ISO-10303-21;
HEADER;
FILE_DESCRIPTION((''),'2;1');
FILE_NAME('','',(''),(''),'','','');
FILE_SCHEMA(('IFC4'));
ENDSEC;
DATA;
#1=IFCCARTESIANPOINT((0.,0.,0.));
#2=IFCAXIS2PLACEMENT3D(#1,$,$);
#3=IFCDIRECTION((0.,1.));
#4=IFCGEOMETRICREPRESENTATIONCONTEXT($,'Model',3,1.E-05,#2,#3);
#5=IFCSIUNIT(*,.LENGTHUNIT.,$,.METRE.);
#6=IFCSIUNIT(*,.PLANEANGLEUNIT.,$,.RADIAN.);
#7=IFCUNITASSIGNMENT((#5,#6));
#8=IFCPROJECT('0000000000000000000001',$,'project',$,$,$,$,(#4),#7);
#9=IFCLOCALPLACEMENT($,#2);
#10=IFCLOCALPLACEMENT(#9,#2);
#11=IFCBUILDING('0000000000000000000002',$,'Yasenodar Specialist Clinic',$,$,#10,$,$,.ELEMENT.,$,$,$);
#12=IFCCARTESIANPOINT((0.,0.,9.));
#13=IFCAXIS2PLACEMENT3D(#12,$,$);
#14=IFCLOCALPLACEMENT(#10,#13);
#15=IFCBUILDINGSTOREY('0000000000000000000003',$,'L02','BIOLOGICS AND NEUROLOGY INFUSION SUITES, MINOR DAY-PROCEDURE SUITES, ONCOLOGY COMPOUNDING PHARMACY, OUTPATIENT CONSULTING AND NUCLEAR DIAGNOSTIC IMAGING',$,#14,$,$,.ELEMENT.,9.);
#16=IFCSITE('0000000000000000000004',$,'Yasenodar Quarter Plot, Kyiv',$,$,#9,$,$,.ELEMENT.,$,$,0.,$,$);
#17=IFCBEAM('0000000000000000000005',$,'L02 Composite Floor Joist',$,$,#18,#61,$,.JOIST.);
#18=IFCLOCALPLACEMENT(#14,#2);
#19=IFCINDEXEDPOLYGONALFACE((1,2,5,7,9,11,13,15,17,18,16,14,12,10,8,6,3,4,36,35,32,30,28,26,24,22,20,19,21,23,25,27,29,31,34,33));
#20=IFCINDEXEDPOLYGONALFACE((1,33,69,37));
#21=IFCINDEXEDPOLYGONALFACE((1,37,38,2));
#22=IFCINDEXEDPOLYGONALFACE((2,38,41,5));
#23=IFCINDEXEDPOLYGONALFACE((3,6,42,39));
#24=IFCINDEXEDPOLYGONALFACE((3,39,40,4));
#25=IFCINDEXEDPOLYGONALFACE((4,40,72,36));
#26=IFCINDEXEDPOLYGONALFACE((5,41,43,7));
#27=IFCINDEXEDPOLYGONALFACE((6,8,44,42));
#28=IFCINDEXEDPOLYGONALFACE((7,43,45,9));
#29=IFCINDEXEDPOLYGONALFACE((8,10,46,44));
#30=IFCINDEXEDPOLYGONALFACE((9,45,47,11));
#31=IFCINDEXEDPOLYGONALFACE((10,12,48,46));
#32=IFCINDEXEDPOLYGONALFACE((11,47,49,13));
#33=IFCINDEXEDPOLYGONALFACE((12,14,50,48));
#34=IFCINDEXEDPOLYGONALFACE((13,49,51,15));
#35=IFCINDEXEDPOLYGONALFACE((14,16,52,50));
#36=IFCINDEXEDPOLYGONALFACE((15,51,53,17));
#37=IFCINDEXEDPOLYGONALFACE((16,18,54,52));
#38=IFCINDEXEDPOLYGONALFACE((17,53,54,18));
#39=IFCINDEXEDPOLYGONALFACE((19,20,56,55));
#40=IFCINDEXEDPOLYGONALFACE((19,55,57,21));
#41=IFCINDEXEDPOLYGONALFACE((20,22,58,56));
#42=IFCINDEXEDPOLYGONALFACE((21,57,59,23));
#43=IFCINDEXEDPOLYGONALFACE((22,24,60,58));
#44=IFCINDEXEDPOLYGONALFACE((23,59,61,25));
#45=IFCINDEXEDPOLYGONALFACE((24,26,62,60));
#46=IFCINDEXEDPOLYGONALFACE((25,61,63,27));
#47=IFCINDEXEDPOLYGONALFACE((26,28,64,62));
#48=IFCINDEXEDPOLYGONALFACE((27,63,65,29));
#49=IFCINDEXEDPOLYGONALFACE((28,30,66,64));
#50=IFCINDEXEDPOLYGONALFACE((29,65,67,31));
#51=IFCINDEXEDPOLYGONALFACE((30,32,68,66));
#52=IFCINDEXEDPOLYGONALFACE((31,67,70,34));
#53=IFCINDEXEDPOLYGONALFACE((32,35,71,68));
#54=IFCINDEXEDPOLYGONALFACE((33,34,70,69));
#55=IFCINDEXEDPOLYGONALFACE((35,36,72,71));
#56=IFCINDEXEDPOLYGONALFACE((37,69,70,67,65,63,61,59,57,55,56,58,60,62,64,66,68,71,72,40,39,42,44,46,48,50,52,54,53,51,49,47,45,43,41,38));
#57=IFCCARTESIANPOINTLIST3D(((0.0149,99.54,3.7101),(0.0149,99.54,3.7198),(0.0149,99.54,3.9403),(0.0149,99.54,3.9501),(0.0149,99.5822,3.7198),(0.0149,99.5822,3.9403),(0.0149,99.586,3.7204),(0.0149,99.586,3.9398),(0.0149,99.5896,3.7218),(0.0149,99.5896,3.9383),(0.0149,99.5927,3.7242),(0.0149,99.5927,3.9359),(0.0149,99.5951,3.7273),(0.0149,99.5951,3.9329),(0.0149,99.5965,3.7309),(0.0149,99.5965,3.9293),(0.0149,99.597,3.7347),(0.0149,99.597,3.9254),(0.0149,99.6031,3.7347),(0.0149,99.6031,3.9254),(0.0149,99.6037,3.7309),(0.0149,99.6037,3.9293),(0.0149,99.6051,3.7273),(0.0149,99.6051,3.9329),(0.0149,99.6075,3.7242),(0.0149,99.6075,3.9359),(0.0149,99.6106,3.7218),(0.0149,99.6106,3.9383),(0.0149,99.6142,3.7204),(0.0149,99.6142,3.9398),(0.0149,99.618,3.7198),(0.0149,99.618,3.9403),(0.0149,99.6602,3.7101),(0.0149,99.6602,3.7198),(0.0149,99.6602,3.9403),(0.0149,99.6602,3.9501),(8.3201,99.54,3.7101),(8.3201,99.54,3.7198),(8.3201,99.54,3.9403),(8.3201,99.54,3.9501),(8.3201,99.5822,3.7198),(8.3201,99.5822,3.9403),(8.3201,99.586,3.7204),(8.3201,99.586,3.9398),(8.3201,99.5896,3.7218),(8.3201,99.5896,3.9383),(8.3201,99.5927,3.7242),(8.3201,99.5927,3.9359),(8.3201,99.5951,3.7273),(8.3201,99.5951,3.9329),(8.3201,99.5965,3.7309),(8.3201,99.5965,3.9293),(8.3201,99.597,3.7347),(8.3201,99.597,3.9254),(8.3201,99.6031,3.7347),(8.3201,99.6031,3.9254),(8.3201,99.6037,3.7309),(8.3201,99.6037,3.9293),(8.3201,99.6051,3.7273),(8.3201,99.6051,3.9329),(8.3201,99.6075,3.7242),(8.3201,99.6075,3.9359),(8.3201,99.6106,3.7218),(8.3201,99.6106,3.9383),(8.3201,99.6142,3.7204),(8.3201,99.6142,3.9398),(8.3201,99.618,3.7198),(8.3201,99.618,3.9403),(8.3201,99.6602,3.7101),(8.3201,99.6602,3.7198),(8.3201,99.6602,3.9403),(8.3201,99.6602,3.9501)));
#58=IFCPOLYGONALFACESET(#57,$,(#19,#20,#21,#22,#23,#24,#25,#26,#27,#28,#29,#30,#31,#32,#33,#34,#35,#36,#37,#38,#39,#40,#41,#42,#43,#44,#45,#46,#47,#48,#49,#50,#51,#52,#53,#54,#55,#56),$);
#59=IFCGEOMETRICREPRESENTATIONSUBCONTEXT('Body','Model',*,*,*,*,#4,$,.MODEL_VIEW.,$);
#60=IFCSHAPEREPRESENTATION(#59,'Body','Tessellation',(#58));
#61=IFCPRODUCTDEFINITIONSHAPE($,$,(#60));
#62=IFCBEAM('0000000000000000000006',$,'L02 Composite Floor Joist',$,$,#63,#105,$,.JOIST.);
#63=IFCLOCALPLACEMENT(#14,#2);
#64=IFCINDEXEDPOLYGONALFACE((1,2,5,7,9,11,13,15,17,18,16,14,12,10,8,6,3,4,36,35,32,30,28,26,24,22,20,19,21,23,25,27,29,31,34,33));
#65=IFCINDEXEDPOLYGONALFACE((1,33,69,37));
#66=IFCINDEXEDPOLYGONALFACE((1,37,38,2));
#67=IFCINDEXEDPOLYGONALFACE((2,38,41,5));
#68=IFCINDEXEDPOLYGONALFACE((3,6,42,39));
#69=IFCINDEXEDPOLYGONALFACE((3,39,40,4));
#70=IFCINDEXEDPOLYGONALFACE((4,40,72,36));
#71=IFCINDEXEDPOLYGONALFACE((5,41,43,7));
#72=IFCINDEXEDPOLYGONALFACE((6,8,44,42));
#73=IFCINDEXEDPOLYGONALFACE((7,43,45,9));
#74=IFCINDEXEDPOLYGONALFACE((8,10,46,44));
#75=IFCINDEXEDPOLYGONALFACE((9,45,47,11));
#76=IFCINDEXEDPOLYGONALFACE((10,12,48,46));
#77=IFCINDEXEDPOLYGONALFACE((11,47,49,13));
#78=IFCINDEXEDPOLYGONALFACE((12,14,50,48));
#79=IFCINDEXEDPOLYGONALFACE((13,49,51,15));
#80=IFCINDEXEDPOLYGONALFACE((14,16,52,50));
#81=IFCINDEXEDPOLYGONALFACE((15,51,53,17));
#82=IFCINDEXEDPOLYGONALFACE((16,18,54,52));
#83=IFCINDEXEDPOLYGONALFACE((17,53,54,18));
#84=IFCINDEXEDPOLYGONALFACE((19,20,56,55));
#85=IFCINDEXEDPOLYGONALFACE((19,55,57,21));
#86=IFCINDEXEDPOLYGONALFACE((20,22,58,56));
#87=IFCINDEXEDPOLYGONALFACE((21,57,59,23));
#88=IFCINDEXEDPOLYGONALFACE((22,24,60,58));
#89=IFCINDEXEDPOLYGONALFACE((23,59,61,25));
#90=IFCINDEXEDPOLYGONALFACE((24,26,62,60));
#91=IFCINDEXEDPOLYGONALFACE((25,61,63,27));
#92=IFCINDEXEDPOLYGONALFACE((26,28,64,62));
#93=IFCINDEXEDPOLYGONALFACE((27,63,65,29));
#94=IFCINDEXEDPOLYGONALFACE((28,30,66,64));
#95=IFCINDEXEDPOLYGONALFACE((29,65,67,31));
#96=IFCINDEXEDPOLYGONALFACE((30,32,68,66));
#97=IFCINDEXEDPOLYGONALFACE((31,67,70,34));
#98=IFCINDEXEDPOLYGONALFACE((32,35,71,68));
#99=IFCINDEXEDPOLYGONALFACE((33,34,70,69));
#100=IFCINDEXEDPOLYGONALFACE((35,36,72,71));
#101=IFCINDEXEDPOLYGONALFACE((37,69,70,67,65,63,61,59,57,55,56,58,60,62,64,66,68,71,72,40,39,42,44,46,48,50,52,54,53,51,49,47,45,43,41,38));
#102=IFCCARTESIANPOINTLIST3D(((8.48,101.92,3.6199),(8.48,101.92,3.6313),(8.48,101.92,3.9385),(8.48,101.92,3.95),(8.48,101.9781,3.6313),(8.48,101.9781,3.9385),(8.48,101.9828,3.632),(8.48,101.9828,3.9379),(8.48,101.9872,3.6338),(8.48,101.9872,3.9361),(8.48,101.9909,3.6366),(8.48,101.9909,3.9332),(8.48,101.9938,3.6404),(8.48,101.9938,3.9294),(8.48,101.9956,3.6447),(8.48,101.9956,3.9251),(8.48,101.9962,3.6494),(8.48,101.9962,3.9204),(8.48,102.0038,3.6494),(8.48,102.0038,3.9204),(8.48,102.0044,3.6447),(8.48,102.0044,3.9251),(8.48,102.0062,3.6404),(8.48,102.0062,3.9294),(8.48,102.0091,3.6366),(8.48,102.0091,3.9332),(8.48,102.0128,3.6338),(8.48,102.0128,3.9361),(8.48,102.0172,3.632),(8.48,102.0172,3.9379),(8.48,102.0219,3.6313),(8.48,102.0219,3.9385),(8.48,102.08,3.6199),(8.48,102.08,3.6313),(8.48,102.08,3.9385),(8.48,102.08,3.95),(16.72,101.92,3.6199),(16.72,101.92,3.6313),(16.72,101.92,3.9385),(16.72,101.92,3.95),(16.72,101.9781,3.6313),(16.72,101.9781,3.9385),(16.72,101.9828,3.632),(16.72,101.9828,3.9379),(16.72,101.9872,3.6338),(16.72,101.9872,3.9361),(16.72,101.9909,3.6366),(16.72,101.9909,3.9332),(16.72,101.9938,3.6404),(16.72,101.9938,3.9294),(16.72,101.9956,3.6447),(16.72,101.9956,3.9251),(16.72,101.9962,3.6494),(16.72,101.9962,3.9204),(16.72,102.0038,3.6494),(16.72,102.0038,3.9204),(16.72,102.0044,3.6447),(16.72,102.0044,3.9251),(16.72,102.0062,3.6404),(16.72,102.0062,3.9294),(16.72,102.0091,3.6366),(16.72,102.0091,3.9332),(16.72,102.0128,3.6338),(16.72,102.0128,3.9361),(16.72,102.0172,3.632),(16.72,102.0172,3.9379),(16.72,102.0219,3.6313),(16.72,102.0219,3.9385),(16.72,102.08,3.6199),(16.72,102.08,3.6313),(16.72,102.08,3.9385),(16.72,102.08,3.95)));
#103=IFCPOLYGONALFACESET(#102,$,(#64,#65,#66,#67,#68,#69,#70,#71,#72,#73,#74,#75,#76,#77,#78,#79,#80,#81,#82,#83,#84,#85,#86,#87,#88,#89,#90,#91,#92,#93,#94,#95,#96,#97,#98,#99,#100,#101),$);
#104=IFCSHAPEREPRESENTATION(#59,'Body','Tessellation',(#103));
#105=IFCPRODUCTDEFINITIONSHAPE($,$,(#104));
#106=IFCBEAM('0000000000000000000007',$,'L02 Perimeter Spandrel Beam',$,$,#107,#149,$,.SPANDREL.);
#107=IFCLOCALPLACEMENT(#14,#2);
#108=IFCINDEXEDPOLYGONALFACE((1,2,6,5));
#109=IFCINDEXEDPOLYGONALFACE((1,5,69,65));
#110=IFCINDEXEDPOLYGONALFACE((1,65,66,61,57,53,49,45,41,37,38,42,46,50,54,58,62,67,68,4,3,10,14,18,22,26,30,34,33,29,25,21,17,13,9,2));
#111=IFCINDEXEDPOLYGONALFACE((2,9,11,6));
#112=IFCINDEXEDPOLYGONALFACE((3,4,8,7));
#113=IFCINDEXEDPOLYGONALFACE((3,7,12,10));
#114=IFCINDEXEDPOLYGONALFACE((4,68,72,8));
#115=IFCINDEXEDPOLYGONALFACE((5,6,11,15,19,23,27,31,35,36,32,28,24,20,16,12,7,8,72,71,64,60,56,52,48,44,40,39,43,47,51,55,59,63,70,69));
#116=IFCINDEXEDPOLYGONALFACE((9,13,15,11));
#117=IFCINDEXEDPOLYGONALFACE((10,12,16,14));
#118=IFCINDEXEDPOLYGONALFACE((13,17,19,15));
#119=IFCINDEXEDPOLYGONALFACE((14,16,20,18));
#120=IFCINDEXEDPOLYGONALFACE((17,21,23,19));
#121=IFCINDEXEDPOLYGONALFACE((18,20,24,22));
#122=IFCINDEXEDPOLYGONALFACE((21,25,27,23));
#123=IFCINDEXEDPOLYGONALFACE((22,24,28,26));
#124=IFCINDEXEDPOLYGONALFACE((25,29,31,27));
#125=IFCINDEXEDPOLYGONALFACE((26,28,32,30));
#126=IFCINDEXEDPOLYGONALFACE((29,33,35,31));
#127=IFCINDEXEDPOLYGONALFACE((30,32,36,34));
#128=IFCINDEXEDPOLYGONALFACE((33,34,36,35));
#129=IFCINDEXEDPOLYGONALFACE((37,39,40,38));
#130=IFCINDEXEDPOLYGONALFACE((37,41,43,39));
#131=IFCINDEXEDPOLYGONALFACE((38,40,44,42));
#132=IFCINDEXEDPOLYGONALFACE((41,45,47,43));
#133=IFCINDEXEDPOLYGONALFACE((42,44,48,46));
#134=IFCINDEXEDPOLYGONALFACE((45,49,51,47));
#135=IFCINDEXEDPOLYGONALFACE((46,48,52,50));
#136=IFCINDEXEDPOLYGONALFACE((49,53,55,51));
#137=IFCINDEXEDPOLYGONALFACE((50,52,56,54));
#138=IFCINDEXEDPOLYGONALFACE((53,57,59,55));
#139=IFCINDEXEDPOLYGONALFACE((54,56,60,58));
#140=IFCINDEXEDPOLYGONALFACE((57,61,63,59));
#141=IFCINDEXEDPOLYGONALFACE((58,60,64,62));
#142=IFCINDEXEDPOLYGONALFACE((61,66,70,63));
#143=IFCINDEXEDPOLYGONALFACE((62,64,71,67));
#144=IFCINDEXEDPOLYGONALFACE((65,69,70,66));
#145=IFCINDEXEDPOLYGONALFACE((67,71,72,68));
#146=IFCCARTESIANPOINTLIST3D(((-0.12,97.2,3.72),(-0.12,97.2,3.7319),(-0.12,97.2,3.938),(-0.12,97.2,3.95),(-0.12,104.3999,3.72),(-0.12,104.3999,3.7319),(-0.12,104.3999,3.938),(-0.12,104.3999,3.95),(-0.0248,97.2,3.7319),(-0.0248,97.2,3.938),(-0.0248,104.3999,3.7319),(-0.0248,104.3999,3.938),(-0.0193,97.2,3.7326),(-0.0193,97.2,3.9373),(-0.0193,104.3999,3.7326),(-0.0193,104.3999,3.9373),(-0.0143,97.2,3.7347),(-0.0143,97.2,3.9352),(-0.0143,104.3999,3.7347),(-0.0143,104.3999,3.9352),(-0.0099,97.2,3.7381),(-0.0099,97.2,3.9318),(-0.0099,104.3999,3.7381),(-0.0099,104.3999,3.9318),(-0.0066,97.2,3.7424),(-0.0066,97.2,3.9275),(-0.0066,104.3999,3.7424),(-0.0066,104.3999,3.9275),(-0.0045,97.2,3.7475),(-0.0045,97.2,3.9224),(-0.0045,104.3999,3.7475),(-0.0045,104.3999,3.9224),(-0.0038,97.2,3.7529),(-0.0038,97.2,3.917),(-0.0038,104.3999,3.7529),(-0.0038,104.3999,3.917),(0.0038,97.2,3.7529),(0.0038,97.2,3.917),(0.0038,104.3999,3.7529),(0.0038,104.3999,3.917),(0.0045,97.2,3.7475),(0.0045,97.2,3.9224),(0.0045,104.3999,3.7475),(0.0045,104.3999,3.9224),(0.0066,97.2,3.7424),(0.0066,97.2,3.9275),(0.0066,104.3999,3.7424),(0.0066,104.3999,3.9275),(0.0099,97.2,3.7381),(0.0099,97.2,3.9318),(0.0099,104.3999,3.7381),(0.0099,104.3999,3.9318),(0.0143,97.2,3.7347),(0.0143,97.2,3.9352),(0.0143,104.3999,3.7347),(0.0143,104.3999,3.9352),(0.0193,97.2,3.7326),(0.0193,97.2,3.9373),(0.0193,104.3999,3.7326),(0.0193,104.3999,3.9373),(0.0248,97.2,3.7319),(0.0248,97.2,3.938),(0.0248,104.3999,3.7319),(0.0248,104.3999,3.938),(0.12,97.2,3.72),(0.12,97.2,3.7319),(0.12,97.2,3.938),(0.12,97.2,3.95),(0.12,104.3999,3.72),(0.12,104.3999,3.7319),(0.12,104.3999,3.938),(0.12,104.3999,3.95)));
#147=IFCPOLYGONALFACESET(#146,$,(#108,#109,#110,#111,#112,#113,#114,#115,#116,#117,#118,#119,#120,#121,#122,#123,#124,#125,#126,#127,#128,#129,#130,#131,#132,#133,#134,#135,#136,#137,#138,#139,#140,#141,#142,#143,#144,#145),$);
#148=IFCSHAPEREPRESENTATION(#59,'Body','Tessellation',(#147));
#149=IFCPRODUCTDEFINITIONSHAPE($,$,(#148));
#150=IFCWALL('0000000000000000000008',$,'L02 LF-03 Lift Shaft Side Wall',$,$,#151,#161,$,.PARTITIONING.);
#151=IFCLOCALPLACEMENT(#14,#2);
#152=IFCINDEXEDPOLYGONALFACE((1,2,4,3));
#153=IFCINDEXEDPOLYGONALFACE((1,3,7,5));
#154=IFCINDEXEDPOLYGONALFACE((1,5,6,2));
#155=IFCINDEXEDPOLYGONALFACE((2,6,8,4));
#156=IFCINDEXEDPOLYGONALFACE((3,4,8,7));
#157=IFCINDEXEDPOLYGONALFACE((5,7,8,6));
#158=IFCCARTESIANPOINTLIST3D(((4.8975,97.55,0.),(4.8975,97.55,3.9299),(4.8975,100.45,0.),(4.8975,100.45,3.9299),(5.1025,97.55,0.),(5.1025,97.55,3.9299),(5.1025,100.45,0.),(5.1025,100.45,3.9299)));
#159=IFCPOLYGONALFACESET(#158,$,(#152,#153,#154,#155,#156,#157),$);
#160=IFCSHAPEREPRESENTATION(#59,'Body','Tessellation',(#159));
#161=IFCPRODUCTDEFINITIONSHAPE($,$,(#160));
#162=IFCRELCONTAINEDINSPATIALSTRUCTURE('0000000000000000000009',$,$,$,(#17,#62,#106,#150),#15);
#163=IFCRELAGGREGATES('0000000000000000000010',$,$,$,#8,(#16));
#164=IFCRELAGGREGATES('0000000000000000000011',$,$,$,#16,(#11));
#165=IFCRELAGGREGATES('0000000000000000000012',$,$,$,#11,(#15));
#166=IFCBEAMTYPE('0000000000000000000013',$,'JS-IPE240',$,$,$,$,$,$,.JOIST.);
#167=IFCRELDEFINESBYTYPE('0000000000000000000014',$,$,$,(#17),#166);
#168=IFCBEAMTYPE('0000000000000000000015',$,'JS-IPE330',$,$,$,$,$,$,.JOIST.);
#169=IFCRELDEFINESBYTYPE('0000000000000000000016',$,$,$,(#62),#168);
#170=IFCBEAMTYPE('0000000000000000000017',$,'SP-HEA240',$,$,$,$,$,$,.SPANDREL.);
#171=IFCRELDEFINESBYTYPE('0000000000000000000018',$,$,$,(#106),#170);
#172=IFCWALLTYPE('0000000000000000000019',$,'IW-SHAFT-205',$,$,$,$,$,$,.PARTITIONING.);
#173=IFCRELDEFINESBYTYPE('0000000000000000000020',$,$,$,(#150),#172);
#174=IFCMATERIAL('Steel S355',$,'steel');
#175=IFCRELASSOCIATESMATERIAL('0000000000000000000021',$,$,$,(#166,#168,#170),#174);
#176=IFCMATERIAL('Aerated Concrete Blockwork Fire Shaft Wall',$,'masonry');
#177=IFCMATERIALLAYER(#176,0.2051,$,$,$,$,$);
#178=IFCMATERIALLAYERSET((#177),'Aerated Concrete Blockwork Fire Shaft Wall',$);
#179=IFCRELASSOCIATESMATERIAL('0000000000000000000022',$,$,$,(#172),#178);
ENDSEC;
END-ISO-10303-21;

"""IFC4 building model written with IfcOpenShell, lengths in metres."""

from ifc_helpers import new_model, si_unit, direction, frame, frame_2d, origin, origin_2d, place, context, subcontext, project, spatial, rectangle, i_section, extrude, material, layer, layer_set, material_profile, profile_set, type_object, element, save


model = new_model("IFC4")

# Units and contexts
model_context = context("Model", 3, precision=1e-05, world=origin(), true_north=direction((0.0, 1.0)))
body_context = subcontext(model_context, "Body", "Model", "MODEL_VIEW")
ifc_project = project(units=[si_unit("LENGTHUNIT", "METRE"), si_unit("PLANEANGLEUNIT", "RADIAN")], contexts=[model_context])

# Site, building, storey
site_placement = place(None, origin())
site = spatial("IfcSite", under=ifc_project, at=site_placement, Name="Yasenodar Quarter Plot, Kyiv", CompositionType="ELEMENT", RefElevation=0.0)
building_placement = place(site_placement, origin())
building = spatial("IfcBuilding", under=site, at=building_placement, Name="Yasenodar Specialist Clinic", CompositionType="ELEMENT")
storey_placement = place(building_placement, frame((0.0, 0.0, 9.0)))
storey = spatial("IfcBuildingStorey", under=building, at=storey_placement, Name="L02", Description="BIOLOGICS AND NEUROLOGY INFUSION SUITES, MINOR DAY-PROCEDURE SUITES, ONCOLOGY COMPOUNDING PHARMACY, OUTPATIENT CONSULTING AND NUCLEAR DIAGNOSTIC IMAGING", CompositionType="ELEMENT", Elevation=9.0)

# Shared definitions
ifc_material_1 = material(Name="Steel S355", Category="steel")

# Beams
ifc_material_profile_1 = material_profile(ifc_material_1, i_section(OverallWidth=0.1201, OverallDepth=0.24, WebThickness=0.0061, FlangeThickness=0.0098, FilletRadius=0.0149, at=origin_2d()), Name="IPE 240")
ifc_profile_set_1 = profile_set([ifc_material_profile_1], Name="Steel S355")
beam_type_1 = type_object("IfcBeamType", Name="JS-IPE240", PredefinedType="JOIST", material=ifc_profile_set_1)
for number, where, z_axis, x_axis, name in (
    (1, (0.0149, 99.6001, 3.8301), (1.0, 0.0, 0.0), (0.0, 1.0, 0.0), "L02 Composite Floor Joist"),
):
    element("IfcBeam", number, at=place(storey_placement, frame(where, z_axis=z_axis, x_axis=x_axis)), inside=storey, type_object=beam_type_1, Name=name, PredefinedType="JOIST", context=body_context, shape_type="SweptSolid", body=[
        extrude(i_section(OverallWidth=0.1201, OverallDepth=0.24, WebThickness=0.0061, FlangeThickness=0.0098, FilletRadius=0.0149, at=origin_2d()), origin(), (0.0, 0.0, 1.0), 8.3052),
    ])
ifc_material_profile_2 = material_profile(ifc_material_1, i_section(OverallWidth=0.1599, OverallDepth=0.3301, WebThickness=0.0076, FlangeThickness=0.0115, FilletRadius=0.0181, at=origin_2d()), Name="IPE 330")
ifc_profile_set_2 = profile_set([ifc_material_profile_2], Name="Steel S355")
beam_type_2 = type_object("IfcBeamType", Name="JS-IPE330", PredefinedType="JOIST", material=ifc_profile_set_2)
beam_1_placement = place(storey_placement, frame((8.48, 102.0, 3.7849), z_axis=(1.0, 0.0, 0.0), x_axis=(0.0, 1.0, 0.0)))
element("IfcBeam", 2, at=beam_1_placement, inside=storey, type_object=beam_type_2, Name="L02 Composite Floor Joist", PredefinedType="JOIST", context=body_context, shape_type="SweptSolid", body=[
    extrude(i_section(OverallWidth=0.1599, OverallDepth=0.3301, WebThickness=0.0076, FlangeThickness=0.0115, FilletRadius=0.0181, at=origin_2d()), origin(), (0.0, 0.0, 1.0), 8.24),
])
ifc_material_profile_3 = material_profile(ifc_material_1, i_section(OverallWidth=0.24, OverallDepth=0.23, WebThickness=0.0076, FlangeThickness=0.012, FilletRadius=0.021, at=origin_2d()), Name="HEA 240")
ifc_profile_set_3 = profile_set([ifc_material_profile_3], Name="Steel S355")
beam_type_3 = type_object("IfcBeamType", Name="SP-HEA240", PredefinedType="SPANDREL", material=ifc_profile_set_3)
beam_2_placement = place(storey_placement, frame((0.0, 97.2, 3.835), z_axis=(0.0, 1.0, 0.0), x_axis=(-1.0, 0.0, 0.0)))
element("IfcBeam", 3, at=beam_2_placement, inside=storey, type_object=beam_type_3, Name="L02 Perimeter Spandrel Beam", PredefinedType="SPANDREL", context=body_context, shape_type="SweptSolid", body=[
    extrude(i_section(OverallWidth=0.24, OverallDepth=0.23, WebThickness=0.0076, FlangeThickness=0.012, FilletRadius=0.021, at=origin_2d()), origin(), (0.0, 0.0, 1.0), 7.2),
])

# Wall
ifc_material_2 = material(Name="Aerated Concrete Blockwork Fire Shaft Wall", Category="masonry")
ifc_layer_1 = layer(ifc_material_2, 0.2051)
ifc_layer_set_1 = layer_set([ifc_layer_1], Name="Aerated Concrete Blockwork Fire Shaft Wall")
wall_type_1 = type_object("IfcWallType", Name="IW-SHAFT-205", PredefinedType="PARTITIONING", material=ifc_layer_set_1)
wall_1_placement = place(storey_placement, frame((5.0, 97.55, 0.0), z_axis=(0.0, 0.0, 1.0), x_axis=(0.0, 1.0, 0.0)))
element("IfcWall", 4, at=wall_1_placement, inside=storey, type_object=wall_type_1, Name="L02 LF-03 Lift Shaft Side Wall", PredefinedType="PARTITIONING", context=body_context, shape_type="SweptSolid", body=[
    extrude(rectangle(XDim=2.8999, YDim=0.2051, at=frame_2d((1.45, 0.0))), origin(), (0.0, 0.0, 1.0), 3.9299),
])

save(model, "model.ifc")
